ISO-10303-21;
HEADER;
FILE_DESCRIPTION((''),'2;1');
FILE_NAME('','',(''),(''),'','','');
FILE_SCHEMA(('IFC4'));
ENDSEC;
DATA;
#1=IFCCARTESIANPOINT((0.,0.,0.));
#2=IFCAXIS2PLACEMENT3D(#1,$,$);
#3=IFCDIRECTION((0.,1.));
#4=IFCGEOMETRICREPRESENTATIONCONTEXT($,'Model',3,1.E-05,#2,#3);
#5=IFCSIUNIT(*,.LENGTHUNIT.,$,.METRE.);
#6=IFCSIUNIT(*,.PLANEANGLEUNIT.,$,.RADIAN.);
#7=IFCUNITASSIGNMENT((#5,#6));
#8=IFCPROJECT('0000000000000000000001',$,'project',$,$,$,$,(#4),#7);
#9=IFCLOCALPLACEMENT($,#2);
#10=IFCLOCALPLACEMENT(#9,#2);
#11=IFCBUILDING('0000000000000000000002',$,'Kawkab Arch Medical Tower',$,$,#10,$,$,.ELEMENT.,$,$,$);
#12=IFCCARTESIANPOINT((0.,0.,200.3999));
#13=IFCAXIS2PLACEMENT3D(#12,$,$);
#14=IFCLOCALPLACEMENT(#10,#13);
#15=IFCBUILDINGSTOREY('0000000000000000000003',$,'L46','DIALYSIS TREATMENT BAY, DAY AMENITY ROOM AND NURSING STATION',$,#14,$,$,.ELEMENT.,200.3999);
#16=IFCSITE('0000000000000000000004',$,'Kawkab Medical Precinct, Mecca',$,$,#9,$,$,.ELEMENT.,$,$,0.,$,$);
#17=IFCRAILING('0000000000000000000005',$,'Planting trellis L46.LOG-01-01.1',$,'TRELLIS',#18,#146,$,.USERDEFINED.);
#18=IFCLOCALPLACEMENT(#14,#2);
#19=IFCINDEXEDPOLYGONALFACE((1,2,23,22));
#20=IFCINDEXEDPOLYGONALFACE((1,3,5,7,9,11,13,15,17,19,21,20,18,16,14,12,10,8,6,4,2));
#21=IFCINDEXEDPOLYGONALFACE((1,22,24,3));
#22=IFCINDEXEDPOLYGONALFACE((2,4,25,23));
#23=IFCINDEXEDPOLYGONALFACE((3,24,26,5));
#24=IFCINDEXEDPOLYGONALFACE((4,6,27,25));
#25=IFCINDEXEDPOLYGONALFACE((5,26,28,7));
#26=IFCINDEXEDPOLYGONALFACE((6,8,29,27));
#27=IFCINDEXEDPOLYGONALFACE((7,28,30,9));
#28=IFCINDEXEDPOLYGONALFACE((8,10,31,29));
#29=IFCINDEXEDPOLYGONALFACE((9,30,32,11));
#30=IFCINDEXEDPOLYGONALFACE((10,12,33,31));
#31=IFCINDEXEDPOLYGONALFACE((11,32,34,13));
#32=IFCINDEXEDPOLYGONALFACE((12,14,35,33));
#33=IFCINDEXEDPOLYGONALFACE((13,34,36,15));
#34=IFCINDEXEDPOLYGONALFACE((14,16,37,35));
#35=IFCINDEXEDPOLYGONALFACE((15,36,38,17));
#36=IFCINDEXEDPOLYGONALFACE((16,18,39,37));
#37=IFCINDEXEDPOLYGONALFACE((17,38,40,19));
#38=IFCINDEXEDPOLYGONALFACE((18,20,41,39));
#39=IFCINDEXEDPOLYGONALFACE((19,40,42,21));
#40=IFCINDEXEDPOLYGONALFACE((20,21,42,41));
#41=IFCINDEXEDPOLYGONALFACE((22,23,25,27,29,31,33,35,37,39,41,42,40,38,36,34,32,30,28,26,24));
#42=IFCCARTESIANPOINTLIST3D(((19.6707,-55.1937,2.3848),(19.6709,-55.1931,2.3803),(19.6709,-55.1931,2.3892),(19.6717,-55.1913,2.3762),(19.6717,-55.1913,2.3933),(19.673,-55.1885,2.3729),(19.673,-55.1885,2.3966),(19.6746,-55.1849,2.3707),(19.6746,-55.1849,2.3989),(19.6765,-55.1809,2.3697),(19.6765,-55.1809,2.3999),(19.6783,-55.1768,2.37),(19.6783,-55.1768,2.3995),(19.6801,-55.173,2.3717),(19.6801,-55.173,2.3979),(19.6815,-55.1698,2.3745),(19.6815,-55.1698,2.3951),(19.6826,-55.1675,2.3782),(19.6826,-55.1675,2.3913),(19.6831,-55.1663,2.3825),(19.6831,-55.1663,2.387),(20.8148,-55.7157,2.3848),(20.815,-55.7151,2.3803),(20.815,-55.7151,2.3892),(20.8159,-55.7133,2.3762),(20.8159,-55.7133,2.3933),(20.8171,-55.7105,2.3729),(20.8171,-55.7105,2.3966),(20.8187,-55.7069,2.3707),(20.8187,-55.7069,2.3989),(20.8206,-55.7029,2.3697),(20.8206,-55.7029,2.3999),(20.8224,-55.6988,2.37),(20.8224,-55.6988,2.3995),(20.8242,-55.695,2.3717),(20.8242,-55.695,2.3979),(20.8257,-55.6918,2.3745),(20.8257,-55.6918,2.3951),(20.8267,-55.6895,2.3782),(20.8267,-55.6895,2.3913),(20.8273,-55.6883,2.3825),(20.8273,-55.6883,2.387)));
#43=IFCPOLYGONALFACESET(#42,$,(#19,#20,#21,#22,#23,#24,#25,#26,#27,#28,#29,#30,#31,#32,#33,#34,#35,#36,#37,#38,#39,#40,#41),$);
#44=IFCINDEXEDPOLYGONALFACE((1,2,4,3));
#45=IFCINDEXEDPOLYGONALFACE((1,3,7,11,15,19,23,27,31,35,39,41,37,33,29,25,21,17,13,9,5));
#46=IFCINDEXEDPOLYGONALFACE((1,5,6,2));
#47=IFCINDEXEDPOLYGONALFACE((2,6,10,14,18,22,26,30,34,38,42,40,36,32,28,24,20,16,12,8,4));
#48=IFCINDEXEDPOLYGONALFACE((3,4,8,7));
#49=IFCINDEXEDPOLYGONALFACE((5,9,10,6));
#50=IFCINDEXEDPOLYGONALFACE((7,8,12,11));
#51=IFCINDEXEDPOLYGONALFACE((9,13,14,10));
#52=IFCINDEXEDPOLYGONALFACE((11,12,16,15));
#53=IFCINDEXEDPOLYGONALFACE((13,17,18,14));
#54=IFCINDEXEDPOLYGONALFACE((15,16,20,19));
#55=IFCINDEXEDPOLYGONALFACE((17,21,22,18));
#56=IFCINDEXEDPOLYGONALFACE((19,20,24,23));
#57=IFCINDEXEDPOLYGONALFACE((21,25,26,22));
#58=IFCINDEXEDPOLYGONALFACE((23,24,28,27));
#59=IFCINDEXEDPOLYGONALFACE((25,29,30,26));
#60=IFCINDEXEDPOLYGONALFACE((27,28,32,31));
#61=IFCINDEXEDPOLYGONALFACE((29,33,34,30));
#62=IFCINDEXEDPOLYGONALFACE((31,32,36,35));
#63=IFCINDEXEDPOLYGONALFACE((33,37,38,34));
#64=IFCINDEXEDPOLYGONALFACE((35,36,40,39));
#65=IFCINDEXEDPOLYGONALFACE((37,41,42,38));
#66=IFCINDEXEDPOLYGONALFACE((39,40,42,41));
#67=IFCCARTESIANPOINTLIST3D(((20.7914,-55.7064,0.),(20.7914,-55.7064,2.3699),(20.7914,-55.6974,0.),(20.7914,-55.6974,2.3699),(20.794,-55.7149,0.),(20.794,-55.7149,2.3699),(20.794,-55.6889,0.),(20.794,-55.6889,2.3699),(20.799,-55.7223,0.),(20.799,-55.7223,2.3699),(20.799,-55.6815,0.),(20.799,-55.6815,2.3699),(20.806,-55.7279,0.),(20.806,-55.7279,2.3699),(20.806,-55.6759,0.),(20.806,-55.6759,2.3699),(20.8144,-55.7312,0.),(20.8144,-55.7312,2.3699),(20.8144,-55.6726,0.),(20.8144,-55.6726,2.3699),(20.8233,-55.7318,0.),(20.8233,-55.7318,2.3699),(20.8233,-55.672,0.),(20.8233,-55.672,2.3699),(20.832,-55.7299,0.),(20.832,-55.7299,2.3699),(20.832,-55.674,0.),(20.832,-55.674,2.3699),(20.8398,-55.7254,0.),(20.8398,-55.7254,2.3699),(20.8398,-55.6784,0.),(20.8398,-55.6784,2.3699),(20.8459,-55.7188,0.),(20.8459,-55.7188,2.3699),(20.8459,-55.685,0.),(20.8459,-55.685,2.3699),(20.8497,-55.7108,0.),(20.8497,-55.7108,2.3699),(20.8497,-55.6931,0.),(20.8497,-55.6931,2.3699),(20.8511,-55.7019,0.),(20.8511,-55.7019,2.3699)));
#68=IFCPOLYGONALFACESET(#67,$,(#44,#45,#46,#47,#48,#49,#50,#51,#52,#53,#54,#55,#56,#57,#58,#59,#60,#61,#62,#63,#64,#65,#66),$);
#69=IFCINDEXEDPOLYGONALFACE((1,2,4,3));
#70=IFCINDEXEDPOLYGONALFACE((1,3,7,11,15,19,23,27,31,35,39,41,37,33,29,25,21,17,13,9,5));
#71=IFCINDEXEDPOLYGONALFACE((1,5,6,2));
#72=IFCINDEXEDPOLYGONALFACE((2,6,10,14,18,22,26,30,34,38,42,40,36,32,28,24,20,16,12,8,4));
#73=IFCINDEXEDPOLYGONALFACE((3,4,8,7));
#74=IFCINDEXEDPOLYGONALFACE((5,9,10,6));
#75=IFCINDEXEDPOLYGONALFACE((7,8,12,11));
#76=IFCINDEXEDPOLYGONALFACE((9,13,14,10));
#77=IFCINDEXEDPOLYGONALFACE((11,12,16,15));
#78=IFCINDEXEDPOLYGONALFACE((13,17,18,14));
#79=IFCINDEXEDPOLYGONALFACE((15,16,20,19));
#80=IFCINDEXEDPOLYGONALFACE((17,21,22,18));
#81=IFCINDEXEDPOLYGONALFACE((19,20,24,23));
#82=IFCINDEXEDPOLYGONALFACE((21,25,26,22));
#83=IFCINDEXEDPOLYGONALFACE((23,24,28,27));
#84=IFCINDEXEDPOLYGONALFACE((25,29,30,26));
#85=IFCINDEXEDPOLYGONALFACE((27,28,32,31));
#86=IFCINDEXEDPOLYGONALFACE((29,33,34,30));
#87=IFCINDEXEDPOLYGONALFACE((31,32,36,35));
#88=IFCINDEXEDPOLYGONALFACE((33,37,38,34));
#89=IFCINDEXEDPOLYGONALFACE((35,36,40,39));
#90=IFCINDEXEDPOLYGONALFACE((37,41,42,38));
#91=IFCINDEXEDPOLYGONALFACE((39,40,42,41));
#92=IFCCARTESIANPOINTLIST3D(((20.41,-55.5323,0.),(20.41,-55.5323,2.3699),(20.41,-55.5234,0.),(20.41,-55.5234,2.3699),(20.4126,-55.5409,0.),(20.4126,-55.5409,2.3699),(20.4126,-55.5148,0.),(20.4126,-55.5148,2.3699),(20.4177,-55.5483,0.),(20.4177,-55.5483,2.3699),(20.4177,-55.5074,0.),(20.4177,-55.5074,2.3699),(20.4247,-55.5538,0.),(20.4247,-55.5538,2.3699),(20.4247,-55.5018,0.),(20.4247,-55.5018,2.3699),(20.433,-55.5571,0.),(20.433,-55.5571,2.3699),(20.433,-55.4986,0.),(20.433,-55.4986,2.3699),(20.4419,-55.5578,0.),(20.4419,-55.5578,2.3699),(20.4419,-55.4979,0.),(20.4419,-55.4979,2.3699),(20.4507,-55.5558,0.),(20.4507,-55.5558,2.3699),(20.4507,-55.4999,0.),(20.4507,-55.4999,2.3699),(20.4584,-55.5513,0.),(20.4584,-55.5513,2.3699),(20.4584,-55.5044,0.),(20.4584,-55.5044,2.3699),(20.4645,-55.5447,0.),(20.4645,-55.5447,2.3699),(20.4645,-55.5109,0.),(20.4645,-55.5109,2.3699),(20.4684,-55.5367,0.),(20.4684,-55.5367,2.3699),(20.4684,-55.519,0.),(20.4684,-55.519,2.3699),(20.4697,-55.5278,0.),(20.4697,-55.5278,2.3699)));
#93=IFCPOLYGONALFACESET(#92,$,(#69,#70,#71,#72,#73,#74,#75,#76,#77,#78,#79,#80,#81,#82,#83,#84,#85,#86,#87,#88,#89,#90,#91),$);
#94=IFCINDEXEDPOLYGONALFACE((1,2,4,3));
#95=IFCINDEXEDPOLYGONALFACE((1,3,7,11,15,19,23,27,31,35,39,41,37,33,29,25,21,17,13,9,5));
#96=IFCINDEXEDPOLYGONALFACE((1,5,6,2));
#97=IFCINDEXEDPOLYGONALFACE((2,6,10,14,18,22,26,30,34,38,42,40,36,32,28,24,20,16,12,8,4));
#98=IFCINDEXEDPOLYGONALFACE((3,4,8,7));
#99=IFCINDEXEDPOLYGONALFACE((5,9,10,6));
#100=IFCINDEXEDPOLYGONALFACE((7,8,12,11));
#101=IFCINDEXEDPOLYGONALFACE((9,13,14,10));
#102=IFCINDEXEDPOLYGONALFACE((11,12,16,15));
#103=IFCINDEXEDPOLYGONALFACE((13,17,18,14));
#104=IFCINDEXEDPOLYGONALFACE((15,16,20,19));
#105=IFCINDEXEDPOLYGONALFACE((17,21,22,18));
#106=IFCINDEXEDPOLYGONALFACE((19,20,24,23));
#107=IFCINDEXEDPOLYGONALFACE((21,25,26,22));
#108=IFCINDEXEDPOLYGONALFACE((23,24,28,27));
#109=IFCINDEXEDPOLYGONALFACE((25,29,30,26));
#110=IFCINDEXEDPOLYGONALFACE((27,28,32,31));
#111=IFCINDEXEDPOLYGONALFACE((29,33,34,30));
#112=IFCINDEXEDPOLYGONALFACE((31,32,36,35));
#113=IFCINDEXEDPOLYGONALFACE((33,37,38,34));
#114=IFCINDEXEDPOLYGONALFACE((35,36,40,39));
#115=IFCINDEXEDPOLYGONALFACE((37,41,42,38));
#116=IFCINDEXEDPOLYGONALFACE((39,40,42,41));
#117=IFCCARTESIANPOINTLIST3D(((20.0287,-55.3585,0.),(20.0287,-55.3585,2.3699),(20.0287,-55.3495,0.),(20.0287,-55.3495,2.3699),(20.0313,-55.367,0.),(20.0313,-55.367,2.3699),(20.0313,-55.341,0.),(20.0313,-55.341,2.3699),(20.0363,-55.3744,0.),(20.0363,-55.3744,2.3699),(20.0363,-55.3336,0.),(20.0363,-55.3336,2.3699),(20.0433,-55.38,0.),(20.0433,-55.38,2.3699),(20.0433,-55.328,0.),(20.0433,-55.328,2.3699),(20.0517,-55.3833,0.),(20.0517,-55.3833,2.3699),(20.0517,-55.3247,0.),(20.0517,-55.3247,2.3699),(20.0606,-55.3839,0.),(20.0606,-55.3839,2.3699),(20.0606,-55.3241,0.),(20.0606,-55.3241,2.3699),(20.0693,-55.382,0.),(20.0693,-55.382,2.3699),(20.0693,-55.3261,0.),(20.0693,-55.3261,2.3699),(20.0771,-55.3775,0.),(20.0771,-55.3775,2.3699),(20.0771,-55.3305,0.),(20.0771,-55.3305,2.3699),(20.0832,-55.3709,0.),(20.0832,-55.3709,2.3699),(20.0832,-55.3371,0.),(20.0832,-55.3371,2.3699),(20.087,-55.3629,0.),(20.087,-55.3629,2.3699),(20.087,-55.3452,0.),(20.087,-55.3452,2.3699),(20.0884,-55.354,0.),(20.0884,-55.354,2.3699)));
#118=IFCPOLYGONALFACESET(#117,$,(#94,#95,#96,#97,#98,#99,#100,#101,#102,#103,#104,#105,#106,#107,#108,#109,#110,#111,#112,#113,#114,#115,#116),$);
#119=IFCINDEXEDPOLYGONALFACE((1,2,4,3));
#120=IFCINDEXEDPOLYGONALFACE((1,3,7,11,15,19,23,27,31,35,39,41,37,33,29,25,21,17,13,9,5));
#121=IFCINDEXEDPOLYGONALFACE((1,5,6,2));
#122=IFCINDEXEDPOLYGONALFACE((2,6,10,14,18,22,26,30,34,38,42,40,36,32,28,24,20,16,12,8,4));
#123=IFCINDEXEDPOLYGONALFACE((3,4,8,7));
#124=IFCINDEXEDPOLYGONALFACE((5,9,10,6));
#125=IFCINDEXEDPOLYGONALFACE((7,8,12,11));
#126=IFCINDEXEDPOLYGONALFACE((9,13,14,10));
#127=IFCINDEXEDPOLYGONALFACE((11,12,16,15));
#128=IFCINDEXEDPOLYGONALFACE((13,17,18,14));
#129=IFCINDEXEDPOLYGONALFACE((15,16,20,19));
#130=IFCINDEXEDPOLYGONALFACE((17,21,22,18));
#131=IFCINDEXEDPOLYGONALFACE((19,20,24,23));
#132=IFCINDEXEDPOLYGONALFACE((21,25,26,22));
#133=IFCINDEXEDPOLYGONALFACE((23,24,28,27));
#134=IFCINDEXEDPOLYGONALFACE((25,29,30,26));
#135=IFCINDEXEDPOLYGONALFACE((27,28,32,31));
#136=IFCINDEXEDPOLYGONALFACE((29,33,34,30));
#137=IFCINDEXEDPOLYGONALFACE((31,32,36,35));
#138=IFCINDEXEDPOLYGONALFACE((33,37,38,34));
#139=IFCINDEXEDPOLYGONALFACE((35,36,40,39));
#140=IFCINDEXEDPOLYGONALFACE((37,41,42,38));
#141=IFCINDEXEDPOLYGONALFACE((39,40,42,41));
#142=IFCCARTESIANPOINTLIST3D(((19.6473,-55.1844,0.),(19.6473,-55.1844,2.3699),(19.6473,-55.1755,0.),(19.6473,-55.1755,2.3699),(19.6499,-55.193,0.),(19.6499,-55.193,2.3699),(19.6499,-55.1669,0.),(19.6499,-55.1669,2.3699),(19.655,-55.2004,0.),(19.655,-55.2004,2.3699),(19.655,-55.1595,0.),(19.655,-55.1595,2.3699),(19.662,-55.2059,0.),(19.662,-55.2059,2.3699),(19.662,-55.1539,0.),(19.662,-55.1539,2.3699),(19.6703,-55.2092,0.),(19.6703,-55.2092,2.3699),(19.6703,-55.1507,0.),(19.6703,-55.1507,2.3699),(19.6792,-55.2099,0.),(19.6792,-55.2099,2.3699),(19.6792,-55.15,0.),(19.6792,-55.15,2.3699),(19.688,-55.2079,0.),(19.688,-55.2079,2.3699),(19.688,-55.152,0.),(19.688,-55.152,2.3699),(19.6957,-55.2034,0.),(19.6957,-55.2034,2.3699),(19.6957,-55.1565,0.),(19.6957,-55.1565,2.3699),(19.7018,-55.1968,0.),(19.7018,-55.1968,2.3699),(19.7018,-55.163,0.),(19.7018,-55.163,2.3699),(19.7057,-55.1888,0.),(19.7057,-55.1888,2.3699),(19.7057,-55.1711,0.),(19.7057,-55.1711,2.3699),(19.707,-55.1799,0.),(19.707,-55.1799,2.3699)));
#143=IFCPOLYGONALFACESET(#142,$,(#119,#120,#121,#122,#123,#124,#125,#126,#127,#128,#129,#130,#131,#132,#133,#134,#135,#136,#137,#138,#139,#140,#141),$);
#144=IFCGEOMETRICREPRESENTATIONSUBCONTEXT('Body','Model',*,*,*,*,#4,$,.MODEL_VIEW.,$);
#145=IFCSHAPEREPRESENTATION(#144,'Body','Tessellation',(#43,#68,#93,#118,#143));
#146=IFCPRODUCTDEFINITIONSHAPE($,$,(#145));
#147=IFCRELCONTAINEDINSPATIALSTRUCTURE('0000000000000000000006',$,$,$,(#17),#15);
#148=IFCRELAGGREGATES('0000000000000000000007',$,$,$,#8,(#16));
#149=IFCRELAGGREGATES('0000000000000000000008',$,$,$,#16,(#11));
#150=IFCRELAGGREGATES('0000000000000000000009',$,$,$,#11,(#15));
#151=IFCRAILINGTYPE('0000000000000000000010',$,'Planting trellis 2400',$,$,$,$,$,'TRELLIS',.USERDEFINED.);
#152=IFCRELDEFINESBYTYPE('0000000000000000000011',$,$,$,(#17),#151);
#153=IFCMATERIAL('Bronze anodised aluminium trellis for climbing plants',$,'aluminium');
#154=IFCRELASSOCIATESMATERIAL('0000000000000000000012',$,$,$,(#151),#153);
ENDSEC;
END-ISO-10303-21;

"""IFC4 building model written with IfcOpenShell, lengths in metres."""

from ifc_helpers import new_model, si_unit, direction, frame, origin, origin_2d, place, context, subcontext, project, spatial, circle, extrude, material, type_object, element, save


model = new_model("IFC4")

# Units and contexts
model_context = context("Model", 3, precision=1e-05, world=origin(), true_north=direction((0.0, 1.0)))
body_context = subcontext(model_context, "Body", "Model", "MODEL_VIEW")
ifc_project = project(units=[si_unit("LENGTHUNIT", "METRE"), si_unit("PLANEANGLEUNIT", "RADIAN")], contexts=[model_context])

# Site, building, storey
site_placement = place(None, origin())
site = spatial("IfcSite", under=ifc_project, at=site_placement, Name="Kawkab Medical Precinct, Mecca", CompositionType="ELEMENT", RefElevation=0.0)
building_placement = place(site_placement, origin())
building = spatial("IfcBuilding", under=site, at=building_placement, Name="Kawkab Arch Medical Tower", CompositionType="ELEMENT")
storey_placement = place(building_placement, frame((0.0, 0.0, 200.3999)))
storey = spatial("IfcBuildingStorey", under=building, at=storey_placement, Name="L46", Description="DIALYSIS TREATMENT BAY, DAY AMENITY ROOM AND NURSING STATION", CompositionType="ELEMENT", Elevation=200.3999)

# Railing
ifc_material_1 = material(Name="Bronze anodised aluminium trellis for climbing plants", Category="aluminium")
railing_type_1 = type_object("IfcRailingType", Name="Planting trellis 2400", ElementType="TRELLIS", PredefinedType="USERDEFINED", material=ifc_material_1)
railing_1_placement = place(storey_placement, frame((20.821, -55.7019, 0.0)))
element("IfcRailing", 1, at=railing_1_placement, inside=storey, type_object=railing_type_1, Name="Planting trellis L46.LOG-01-01.1", ObjectType="TRELLIS", PredefinedType="USERDEFINED", context=body_context, shape_type="SweptSolid", body=[
    extrude(circle(Radius=0.0151, at=origin_2d()), frame((0.0, 0.0, 2.3848), z_axis=(-0.90978, 0.41509, 0.0), x_axis=(-0.41509, -0.90978, 0.0)), (0.0, 0.0, 1.0), 1.2576),
    extrude(circle(Radius=0.03, at=origin_2d()), origin(), (0.0, 0.0, 1.0), 2.3699),
    extrude(circle(Radius=0.03, at=origin_2d()), frame((-0.3813, 0.1741, 0.0)), (0.0, 0.0, 1.0), 2.3699),
    extrude(circle(Radius=0.03, at=origin_2d()), frame((-0.7627, 0.3479, 0.0)), (0.0, 0.0, 1.0), 2.3699),
    extrude(circle(Radius=0.03, at=origin_2d()), frame((-1.144, 0.522, 0.0)), (0.0, 0.0, 1.0), 2.3699),
])

save(model, "model.ifc")
